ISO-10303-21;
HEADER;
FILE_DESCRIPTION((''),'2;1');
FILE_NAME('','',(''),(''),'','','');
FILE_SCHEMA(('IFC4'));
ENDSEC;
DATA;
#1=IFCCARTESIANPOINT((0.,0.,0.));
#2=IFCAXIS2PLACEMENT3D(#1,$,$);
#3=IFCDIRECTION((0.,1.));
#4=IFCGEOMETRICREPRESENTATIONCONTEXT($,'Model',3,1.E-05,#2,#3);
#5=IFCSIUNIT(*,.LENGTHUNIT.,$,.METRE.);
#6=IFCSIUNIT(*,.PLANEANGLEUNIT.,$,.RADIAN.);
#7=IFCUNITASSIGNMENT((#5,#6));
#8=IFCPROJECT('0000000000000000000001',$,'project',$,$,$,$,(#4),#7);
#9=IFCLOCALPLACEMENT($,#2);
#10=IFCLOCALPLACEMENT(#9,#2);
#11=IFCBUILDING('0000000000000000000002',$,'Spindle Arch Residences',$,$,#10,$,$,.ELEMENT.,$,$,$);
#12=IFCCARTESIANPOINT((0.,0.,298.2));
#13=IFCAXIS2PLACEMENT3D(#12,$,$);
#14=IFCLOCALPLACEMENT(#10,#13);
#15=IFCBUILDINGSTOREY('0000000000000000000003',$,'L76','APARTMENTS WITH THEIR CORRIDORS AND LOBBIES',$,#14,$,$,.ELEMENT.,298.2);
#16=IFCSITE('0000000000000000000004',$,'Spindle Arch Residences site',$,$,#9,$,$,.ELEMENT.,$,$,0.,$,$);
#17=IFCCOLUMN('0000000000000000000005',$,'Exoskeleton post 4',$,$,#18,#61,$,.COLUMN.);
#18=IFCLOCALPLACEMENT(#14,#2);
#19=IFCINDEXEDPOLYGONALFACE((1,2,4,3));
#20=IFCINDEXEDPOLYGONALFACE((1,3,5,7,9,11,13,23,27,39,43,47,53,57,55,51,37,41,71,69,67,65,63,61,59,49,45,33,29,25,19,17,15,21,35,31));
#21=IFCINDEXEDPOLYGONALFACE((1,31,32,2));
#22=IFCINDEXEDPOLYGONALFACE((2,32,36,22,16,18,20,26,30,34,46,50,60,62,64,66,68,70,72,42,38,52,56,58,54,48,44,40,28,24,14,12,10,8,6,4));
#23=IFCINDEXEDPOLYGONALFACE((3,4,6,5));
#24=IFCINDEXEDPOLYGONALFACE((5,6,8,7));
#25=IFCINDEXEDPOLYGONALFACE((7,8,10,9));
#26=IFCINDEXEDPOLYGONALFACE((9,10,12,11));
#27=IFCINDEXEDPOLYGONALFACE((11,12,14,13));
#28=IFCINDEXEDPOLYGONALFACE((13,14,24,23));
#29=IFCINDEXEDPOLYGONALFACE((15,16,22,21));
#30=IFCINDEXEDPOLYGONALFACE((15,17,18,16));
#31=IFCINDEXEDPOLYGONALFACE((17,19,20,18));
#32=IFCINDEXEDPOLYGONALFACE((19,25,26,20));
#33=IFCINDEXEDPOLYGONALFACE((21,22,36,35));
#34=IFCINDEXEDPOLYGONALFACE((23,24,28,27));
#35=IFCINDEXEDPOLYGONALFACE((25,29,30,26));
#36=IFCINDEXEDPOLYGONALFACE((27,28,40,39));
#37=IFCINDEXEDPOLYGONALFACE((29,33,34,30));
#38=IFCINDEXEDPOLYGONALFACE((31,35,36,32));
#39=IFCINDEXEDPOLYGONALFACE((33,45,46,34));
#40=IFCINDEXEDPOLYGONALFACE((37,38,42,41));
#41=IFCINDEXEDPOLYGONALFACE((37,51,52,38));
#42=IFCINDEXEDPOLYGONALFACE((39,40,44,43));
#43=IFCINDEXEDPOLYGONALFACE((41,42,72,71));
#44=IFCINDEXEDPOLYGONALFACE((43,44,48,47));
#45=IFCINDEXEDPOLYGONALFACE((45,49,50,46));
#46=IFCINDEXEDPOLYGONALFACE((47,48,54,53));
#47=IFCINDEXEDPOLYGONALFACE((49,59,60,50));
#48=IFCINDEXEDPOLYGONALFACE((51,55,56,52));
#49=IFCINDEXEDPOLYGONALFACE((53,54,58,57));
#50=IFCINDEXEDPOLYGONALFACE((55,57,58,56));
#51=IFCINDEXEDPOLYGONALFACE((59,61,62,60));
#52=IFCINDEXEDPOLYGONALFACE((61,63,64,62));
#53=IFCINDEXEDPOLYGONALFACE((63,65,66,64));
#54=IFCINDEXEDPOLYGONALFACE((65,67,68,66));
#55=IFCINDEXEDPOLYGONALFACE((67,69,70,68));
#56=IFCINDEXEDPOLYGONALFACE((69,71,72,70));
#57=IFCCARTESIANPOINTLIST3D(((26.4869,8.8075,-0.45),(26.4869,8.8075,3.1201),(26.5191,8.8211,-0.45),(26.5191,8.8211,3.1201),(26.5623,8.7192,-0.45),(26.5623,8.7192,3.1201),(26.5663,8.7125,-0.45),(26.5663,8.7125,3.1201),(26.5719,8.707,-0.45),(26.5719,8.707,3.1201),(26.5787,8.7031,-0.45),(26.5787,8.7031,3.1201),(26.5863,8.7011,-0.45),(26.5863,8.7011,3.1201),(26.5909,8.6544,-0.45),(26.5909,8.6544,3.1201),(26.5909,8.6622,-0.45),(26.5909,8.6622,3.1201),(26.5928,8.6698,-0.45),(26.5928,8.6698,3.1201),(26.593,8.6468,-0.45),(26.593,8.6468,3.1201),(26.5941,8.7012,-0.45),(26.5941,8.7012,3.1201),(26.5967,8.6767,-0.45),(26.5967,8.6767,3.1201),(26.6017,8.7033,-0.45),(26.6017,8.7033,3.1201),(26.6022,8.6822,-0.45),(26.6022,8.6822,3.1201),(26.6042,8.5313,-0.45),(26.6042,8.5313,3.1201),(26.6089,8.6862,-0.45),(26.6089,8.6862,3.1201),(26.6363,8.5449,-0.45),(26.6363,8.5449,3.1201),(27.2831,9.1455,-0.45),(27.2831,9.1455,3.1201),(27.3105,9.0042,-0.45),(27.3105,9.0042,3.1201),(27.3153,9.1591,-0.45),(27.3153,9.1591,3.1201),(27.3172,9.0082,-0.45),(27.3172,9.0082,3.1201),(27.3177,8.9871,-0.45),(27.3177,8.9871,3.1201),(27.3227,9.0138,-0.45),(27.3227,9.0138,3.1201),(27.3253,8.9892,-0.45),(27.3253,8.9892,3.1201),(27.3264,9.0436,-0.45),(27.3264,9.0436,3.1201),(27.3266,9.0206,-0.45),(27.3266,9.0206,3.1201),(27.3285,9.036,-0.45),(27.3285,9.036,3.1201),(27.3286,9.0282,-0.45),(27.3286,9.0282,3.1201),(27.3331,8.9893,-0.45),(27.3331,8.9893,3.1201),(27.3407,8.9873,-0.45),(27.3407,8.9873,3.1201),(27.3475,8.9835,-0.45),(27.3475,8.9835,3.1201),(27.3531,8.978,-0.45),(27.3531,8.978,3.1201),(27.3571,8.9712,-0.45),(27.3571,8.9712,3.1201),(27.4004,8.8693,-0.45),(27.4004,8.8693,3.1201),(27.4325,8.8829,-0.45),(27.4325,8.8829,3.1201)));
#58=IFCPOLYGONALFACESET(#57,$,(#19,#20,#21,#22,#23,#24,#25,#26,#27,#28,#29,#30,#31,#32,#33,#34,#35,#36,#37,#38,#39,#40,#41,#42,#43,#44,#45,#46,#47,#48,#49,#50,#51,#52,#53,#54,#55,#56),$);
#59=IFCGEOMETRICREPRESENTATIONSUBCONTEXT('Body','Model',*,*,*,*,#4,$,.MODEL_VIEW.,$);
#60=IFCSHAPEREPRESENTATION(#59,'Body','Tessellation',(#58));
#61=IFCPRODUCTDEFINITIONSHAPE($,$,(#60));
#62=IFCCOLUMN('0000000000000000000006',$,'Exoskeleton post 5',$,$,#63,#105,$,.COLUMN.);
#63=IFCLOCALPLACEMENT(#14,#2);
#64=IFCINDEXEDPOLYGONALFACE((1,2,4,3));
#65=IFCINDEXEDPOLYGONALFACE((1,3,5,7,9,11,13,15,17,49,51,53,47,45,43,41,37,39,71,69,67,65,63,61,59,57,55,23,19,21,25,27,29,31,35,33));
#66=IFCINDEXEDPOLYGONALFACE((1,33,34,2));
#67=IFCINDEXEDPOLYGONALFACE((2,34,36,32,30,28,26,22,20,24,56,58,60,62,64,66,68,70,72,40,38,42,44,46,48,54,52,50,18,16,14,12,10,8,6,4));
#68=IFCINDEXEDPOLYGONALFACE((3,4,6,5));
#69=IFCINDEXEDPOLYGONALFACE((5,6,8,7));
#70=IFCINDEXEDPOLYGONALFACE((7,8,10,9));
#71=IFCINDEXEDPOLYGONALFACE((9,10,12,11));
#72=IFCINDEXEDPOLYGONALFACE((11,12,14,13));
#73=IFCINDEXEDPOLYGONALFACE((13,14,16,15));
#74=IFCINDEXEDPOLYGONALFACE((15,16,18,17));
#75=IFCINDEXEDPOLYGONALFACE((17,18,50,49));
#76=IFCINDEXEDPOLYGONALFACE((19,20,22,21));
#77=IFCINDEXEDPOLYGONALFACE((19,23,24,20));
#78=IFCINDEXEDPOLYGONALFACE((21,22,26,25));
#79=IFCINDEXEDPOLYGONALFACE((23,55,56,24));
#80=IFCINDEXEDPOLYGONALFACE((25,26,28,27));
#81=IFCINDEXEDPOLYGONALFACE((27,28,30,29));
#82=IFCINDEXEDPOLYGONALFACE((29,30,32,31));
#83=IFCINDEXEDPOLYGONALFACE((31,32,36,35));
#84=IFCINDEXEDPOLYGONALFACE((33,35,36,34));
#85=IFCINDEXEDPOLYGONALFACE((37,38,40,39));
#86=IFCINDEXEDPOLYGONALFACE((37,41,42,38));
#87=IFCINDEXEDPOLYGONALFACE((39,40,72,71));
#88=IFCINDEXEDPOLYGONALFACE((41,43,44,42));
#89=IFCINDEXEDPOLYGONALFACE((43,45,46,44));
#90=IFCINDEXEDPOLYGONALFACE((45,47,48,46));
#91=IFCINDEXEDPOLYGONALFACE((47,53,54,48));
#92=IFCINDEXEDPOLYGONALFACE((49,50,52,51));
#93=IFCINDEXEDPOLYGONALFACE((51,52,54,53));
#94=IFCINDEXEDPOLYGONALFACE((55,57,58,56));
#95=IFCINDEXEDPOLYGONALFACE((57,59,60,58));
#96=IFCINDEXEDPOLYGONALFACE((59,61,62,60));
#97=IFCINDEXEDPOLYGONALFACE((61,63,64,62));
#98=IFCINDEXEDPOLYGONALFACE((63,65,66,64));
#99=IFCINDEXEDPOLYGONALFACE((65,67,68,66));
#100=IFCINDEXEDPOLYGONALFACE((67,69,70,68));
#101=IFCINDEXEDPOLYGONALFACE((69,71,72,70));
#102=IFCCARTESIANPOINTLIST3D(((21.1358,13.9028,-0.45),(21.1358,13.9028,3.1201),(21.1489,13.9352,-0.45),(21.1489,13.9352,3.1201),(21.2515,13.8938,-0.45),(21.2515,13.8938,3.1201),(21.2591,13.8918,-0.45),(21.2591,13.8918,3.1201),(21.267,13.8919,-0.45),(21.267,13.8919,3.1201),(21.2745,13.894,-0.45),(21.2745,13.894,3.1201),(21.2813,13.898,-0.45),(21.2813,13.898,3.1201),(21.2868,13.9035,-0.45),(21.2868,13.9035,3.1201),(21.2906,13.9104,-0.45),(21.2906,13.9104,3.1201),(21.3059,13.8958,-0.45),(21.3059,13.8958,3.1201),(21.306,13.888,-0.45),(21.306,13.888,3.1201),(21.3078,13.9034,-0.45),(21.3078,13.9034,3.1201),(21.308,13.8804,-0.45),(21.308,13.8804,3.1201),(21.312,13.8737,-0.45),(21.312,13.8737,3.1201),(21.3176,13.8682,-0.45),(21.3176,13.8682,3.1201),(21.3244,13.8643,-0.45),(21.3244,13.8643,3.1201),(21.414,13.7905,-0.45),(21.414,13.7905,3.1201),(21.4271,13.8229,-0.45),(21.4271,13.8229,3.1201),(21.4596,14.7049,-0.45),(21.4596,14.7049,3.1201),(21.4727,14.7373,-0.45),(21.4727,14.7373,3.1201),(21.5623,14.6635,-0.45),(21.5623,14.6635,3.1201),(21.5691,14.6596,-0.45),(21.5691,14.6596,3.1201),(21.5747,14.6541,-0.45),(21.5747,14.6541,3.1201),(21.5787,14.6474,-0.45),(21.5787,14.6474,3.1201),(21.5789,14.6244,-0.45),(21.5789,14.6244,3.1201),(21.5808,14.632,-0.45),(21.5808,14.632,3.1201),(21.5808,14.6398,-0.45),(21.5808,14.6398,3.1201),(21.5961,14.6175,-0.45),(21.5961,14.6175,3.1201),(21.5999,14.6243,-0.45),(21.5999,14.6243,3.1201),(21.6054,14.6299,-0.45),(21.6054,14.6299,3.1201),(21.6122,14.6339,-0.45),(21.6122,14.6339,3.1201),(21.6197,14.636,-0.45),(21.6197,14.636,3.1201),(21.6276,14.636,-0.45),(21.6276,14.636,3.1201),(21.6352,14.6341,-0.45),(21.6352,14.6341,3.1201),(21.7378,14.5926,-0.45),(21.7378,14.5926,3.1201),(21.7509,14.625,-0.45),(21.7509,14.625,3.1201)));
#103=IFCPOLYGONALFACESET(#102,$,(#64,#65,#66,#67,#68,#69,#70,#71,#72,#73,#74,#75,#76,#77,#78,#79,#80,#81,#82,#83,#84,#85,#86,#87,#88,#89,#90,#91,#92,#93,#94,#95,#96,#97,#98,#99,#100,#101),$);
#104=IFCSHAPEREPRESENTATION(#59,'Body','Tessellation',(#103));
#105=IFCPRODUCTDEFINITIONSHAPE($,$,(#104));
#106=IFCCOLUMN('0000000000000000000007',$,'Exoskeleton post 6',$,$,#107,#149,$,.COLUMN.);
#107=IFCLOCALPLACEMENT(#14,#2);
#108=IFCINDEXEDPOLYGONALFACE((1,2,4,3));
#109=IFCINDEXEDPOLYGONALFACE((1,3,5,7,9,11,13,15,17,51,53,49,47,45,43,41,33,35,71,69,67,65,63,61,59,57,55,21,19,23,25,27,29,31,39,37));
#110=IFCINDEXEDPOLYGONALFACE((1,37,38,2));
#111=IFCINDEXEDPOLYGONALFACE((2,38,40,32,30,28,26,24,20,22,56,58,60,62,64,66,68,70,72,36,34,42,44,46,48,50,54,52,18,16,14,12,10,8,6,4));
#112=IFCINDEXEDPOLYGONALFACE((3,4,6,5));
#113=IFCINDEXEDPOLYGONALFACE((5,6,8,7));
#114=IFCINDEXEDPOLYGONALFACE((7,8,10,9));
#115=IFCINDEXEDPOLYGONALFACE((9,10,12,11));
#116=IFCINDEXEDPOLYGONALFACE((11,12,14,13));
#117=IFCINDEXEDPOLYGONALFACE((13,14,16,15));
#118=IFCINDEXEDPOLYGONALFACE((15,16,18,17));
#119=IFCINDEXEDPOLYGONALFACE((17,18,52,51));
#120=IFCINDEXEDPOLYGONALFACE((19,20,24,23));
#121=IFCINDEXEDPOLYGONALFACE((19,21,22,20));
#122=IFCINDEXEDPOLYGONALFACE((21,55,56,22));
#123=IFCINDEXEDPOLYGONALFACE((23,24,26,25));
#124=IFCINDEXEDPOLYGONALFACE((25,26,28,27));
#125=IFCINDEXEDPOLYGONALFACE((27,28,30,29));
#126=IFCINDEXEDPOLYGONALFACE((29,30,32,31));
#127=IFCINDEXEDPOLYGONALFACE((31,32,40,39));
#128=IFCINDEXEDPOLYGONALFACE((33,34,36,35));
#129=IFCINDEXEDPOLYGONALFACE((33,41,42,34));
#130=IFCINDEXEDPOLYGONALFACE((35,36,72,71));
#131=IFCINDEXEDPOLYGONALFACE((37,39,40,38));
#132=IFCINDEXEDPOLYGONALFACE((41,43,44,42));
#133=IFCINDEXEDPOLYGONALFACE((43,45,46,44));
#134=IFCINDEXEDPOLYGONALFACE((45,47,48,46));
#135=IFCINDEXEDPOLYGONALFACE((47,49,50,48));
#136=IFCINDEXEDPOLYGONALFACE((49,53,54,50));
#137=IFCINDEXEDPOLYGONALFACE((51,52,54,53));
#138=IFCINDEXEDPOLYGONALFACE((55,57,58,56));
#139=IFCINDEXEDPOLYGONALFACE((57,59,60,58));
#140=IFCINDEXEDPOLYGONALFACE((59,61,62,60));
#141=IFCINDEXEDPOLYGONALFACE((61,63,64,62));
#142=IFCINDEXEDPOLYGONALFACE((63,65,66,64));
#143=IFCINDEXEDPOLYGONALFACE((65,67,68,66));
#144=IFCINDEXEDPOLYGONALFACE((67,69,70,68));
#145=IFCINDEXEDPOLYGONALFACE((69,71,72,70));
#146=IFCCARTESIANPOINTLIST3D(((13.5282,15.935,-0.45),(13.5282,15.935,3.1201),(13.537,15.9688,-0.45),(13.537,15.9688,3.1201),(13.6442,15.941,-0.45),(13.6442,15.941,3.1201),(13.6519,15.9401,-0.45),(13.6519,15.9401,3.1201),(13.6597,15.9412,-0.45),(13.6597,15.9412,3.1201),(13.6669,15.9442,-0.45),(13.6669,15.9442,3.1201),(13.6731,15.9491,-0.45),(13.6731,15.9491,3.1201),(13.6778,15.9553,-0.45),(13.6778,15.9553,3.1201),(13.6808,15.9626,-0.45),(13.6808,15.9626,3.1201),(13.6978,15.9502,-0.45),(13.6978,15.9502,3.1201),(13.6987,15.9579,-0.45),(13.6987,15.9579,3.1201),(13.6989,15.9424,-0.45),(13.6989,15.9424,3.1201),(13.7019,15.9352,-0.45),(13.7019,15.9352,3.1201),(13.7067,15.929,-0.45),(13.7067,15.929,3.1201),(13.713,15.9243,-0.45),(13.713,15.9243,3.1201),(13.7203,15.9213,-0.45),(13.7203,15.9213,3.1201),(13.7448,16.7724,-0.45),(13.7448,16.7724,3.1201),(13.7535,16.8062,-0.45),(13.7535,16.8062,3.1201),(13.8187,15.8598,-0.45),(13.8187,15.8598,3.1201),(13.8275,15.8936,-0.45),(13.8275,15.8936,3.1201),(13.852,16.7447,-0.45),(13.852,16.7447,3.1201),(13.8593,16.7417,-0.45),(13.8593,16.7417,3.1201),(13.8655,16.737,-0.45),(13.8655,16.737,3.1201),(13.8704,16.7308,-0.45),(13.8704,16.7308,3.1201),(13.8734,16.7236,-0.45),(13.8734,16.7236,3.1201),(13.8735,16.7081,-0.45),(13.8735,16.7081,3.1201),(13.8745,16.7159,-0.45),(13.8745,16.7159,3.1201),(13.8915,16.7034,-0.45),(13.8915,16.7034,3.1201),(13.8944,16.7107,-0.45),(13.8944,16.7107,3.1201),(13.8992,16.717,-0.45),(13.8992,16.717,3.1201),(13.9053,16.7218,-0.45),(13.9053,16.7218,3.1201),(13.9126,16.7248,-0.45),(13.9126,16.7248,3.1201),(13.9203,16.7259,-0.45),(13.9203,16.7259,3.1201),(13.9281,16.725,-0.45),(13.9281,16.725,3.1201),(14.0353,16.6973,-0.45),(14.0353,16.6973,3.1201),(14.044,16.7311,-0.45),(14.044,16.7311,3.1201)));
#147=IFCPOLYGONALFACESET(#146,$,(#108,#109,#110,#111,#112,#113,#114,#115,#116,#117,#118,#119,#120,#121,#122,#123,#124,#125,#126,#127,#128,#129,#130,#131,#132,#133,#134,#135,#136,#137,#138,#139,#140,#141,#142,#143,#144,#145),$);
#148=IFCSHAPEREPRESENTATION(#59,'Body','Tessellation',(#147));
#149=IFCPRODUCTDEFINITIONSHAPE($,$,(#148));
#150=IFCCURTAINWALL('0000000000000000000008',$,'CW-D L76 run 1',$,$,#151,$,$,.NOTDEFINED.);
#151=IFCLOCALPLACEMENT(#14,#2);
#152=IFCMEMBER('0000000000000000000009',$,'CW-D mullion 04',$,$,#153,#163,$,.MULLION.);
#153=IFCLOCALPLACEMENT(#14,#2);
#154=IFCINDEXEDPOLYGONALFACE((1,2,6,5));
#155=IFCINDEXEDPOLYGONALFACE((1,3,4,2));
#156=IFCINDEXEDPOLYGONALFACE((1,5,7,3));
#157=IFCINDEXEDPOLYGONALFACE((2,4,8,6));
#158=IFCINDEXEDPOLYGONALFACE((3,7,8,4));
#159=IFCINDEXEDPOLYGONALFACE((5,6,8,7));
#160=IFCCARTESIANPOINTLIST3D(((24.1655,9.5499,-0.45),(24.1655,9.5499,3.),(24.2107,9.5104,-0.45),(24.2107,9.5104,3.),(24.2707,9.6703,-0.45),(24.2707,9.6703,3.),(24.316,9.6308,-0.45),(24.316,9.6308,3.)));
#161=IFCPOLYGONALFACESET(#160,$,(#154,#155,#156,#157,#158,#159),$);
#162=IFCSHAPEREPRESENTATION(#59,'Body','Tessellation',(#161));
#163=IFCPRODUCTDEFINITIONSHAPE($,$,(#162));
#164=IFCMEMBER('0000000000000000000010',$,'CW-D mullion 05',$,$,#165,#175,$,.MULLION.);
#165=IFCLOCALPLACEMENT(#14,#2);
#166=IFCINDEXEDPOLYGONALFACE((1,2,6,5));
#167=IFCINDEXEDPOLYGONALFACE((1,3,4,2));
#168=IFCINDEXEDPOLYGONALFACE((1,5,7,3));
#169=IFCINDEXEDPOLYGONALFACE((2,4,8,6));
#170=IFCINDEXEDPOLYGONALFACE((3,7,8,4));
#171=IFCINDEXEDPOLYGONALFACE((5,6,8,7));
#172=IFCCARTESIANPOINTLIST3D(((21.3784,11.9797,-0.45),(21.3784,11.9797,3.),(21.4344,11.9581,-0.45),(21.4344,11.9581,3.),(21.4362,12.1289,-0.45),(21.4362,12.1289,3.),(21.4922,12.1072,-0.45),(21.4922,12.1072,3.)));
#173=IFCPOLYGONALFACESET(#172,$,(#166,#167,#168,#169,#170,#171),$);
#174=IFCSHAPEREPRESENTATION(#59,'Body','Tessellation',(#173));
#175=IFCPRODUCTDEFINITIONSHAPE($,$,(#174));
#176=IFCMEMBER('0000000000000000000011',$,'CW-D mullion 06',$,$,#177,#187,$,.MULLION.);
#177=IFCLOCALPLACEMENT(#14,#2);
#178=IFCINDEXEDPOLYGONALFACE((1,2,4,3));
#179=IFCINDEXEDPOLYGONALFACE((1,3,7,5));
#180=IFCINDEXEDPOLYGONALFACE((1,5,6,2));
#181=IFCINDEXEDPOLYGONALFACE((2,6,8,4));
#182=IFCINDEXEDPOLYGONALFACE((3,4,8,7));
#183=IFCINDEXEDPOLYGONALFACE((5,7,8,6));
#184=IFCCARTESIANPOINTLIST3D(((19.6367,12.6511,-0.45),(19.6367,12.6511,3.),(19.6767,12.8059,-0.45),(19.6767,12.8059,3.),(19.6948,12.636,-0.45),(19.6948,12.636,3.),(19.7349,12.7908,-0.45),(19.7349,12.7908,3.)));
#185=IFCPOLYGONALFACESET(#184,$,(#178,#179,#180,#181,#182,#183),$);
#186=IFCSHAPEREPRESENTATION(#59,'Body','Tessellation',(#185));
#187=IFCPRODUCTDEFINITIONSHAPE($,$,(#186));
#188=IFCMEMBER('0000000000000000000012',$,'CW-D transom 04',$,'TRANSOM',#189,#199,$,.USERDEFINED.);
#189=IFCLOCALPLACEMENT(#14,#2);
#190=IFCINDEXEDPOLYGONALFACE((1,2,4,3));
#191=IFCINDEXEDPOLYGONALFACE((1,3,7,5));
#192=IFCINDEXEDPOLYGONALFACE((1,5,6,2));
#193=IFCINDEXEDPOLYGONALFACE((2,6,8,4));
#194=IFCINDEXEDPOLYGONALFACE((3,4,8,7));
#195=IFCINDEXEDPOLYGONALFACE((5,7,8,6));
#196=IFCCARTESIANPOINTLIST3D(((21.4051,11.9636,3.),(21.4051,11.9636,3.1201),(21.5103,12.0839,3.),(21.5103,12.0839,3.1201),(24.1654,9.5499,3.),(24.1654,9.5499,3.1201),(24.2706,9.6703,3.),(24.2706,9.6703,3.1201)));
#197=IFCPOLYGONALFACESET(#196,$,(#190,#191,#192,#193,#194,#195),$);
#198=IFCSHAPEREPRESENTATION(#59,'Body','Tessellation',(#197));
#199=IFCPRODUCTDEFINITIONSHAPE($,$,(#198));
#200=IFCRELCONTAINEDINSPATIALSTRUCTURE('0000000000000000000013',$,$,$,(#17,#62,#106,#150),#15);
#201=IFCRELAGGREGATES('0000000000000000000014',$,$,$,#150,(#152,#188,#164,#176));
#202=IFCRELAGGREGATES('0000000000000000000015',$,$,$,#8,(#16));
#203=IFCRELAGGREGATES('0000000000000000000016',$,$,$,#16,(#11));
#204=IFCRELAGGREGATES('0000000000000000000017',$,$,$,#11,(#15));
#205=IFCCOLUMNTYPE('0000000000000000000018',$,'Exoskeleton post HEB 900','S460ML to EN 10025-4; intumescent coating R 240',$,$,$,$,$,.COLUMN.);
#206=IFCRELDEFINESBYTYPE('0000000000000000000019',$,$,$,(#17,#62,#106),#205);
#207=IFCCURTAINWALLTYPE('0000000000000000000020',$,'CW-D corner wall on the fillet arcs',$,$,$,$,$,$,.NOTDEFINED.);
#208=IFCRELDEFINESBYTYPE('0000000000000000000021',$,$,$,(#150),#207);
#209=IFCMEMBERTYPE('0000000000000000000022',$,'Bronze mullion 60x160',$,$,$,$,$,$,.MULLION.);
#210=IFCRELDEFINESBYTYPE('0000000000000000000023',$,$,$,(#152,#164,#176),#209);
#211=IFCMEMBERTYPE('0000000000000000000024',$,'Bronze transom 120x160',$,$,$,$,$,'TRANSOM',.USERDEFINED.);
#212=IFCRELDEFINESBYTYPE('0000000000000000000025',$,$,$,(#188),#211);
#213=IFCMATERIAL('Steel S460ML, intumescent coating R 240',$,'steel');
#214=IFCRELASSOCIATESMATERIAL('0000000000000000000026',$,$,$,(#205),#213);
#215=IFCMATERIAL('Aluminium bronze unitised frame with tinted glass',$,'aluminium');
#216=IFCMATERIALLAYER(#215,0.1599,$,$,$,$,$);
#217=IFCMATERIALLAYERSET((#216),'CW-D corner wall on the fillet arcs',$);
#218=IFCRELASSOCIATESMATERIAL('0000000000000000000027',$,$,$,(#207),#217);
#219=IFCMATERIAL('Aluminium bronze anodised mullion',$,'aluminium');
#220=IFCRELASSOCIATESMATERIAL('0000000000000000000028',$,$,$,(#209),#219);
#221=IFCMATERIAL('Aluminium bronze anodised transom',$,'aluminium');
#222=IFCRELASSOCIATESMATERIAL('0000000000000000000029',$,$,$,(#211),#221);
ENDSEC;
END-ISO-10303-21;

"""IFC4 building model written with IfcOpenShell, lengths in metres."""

from ifc_helpers import new_model, si_unit, direction, frame, origin, origin_2d, place, context, subcontext, project, spatial, rectangle, i_section, extrude, material, layer, layer_set, material_profile, profile_set, type_object, element, aggregate, save


model = new_model("IFC4")

# Units and contexts
model_context = context("Model", 3, precision=1e-05, world=origin(), true_north=direction((0.0, 1.0)))
body_context = subcontext(model_context, "Body", "Model", "MODEL_VIEW")
ifc_project = project(units=[si_unit("LENGTHUNIT", "METRE"), si_unit("PLANEANGLEUNIT", "RADIAN")], contexts=[model_context])

# Site, building, storey
site_placement = place(None, origin())
site = spatial("IfcSite", under=ifc_project, at=site_placement, Name="Spindle Arch Residences site", CompositionType="ELEMENT", RefElevation=0.0)
building_placement = place(site_placement, origin())
building = spatial("IfcBuilding", under=site, at=building_placement, Name="Spindle Arch Residences", CompositionType="ELEMENT")
storey_placement = place(building_placement, frame((0.0, 0.0, 298.2)))
storey = spatial("IfcBuildingStorey", under=building, at=storey_placement, Name="L76", Description="APARTMENTS WITH THEIR CORRIDORS AND LOBBIES", CompositionType="ELEMENT", Elevation=298.2)

# Columns
ifc_material_1 = material(Name="Steel S460ML, intumescent coating R 240", Category="steel")
ifc_material_profile_1 = material_profile(ifc_material_1, i_section(OverallWidth=0.3, OverallDepth=0.8999, WebThickness=0.0186, FlangeThickness=0.0349, FilletRadius=0.03, at=origin_2d()), Name="HEB 900")
ifc_profile_set_1 = profile_set([ifc_material_profile_1], Name="Steel S460ML, intumescent coating R 240")
column_type = type_object("IfcColumnType", Name="Exoskeleton post HEB 900", Description="S460ML to EN 10025-4; intumescent coating R 240", PredefinedType="COLUMN", material=ifc_profile_set_1)
for number, where, z_axis, x_axis, name in (
    (1, (26.9597, 8.8452, -0.45), (0.0, 0.0, 1.0), (0.39077, -0.920488, 0.0), "Exoskeleton post 4"),
    (2, (21.4434, 14.2639, -0.45), (0.0, 0.0, 1.0), (0.927295, -0.374332, 0.0), "Exoskeleton post 5"),
    (3, (13.7861, 16.333, -0.45), (0.0, 0.0, 1.0), (0.968148, -0.25038, 0.0), "Exoskeleton post 6"),
):
    element("IfcColumn", number, at=place(storey_placement, frame(where, z_axis=z_axis, x_axis=x_axis)), inside=storey, type_object=column_type, Name=name, PredefinedType="COLUMN", context=body_context, shape_type="SweptSolid", body=[
        extrude(i_section(OverallWidth=0.3, OverallDepth=0.8999, WebThickness=0.0186, FlangeThickness=0.0349, FilletRadius=0.03, at=origin_2d()), origin(), (0.0, 0.0, 1.0), 3.5701),
    ])

# Curtain wall, members
ifc_material_2 = material(Name="Aluminium bronze unitised frame with tinted glass", Category="aluminium")
ifc_layer_1 = layer(ifc_material_2, 0.1599)
ifc_layer_set_1 = layer_set([ifc_layer_1], Name="CW-D corner wall on the fillet arcs")
curtain_wall_type = type_object("IfcCurtainWallType", Name="CW-D corner wall on the fillet arcs", PredefinedType="NOTDEFINED", material=ifc_layer_set_1)
curtain_wall_placement = place(storey_placement, origin())
curtain_wall = element("IfcCurtainWall", 4, at=curtain_wall_placement, inside=storey, type_object=curtain_wall_type, Name="CW-D L76 run 1", PredefinedType="NOTDEFINED")
ifc_material_3 = material(Name="Aluminium bronze anodised mullion", Category="aluminium")
ifc_material_profile_2 = material_profile(ifc_material_3, rectangle(XDim=0.1599, YDim=0.0601, at=origin_2d()), Name="MU 60x160")
ifc_profile_set_2 = profile_set([ifc_material_profile_2], Name="Aluminium bronze anodised mullion")
member_type_1 = type_object("IfcMemberType", Name="Bronze mullion 60x160", PredefinedType="MULLION", material=ifc_profile_set_2)
member_1_placement = place(storey_placement, frame((24.2407, 9.5903, -0.45), z_axis=(0.0, 0.0, 1.0), x_axis=(-0.658252, -0.752798, 0.0)))
member_1 = element("IfcMember", 5, at=member_1_placement, type_object=member_type_1, Name="CW-D mullion 04", PredefinedType="MULLION", context=body_context, shape_type="SweptSolid", body=[
    extrude(rectangle(XDim=0.1599, YDim=0.0601, at=origin_2d()), origin(), (0.0, 0.0, 1.0), 3.45),
])
member_2_placement = place(storey_placement, frame((21.4353, 12.0435, -0.45), z_axis=(0.0, 0.0, 1.0), x_axis=(-0.361082, -0.932534, 0.0)))
member_2 = element("IfcMember", 6, at=member_2_placement, type_object=member_type_1, Name="CW-D mullion 05", PredefinedType="MULLION", context=body_context, shape_type="SweptSolid", body=[
    extrude(rectangle(XDim=0.1599, YDim=0.0601, at=origin_2d()), origin(), (0.0, 0.0, 1.0), 3.45),
])
member_3_placement = place(storey_placement, frame((19.6858, 12.7209, -0.45), z_axis=(0.0, 0.0, 1.0), x_axis=(-0.25038, -0.968148, 0.0)))
member_3 = element("IfcMember", 7, at=member_3_placement, type_object=member_type_1, Name="CW-D mullion 06", PredefinedType="MULLION", context=body_context, shape_type="SweptSolid", body=[
    extrude(rectangle(XDim=0.1599, YDim=0.0601, at=origin_2d()), origin(), (0.0, 0.0, 1.0), 3.45),
])
ifc_material_4 = material(Name="Aluminium bronze anodised transom", Category="aluminium")
ifc_material_profile_3 = material_profile(ifc_material_4, rectangle(XDim=0.1599, YDim=0.1201, at=origin_2d()), Name="TR 120x160")
ifc_profile_set_3 = profile_set([ifc_material_profile_3], Name="Aluminium bronze anodised transom")
member_type_2 = type_object("IfcMemberType", Name="Bronze transom 120x160", ElementType="TRANSOM", PredefinedType="USERDEFINED", material=ifc_profile_set_3)
member_4_placement = place(storey_placement, frame((24.218, 9.6101, 3.0601), z_axis=(-0.752799, 0.65825, 0.0), x_axis=(-0.65825, -0.752799, 0.0)))
member_4 = element("IfcMember", 8, at=member_4_placement, type_object=member_type_2, Name="CW-D transom 04", ObjectType="TRANSOM", PredefinedType="USERDEFINED", context=body_context, shape_type="SweptSolid", body=[
    extrude(rectangle(XDim=0.1599, YDim=0.1201, at=origin_2d()), origin(), (0.0, 0.0, 1.0), 3.6667),
])

aggregate(curtain_wall, [member_1, member_4, member_2, member_3])

save(model, "model.ifc")
